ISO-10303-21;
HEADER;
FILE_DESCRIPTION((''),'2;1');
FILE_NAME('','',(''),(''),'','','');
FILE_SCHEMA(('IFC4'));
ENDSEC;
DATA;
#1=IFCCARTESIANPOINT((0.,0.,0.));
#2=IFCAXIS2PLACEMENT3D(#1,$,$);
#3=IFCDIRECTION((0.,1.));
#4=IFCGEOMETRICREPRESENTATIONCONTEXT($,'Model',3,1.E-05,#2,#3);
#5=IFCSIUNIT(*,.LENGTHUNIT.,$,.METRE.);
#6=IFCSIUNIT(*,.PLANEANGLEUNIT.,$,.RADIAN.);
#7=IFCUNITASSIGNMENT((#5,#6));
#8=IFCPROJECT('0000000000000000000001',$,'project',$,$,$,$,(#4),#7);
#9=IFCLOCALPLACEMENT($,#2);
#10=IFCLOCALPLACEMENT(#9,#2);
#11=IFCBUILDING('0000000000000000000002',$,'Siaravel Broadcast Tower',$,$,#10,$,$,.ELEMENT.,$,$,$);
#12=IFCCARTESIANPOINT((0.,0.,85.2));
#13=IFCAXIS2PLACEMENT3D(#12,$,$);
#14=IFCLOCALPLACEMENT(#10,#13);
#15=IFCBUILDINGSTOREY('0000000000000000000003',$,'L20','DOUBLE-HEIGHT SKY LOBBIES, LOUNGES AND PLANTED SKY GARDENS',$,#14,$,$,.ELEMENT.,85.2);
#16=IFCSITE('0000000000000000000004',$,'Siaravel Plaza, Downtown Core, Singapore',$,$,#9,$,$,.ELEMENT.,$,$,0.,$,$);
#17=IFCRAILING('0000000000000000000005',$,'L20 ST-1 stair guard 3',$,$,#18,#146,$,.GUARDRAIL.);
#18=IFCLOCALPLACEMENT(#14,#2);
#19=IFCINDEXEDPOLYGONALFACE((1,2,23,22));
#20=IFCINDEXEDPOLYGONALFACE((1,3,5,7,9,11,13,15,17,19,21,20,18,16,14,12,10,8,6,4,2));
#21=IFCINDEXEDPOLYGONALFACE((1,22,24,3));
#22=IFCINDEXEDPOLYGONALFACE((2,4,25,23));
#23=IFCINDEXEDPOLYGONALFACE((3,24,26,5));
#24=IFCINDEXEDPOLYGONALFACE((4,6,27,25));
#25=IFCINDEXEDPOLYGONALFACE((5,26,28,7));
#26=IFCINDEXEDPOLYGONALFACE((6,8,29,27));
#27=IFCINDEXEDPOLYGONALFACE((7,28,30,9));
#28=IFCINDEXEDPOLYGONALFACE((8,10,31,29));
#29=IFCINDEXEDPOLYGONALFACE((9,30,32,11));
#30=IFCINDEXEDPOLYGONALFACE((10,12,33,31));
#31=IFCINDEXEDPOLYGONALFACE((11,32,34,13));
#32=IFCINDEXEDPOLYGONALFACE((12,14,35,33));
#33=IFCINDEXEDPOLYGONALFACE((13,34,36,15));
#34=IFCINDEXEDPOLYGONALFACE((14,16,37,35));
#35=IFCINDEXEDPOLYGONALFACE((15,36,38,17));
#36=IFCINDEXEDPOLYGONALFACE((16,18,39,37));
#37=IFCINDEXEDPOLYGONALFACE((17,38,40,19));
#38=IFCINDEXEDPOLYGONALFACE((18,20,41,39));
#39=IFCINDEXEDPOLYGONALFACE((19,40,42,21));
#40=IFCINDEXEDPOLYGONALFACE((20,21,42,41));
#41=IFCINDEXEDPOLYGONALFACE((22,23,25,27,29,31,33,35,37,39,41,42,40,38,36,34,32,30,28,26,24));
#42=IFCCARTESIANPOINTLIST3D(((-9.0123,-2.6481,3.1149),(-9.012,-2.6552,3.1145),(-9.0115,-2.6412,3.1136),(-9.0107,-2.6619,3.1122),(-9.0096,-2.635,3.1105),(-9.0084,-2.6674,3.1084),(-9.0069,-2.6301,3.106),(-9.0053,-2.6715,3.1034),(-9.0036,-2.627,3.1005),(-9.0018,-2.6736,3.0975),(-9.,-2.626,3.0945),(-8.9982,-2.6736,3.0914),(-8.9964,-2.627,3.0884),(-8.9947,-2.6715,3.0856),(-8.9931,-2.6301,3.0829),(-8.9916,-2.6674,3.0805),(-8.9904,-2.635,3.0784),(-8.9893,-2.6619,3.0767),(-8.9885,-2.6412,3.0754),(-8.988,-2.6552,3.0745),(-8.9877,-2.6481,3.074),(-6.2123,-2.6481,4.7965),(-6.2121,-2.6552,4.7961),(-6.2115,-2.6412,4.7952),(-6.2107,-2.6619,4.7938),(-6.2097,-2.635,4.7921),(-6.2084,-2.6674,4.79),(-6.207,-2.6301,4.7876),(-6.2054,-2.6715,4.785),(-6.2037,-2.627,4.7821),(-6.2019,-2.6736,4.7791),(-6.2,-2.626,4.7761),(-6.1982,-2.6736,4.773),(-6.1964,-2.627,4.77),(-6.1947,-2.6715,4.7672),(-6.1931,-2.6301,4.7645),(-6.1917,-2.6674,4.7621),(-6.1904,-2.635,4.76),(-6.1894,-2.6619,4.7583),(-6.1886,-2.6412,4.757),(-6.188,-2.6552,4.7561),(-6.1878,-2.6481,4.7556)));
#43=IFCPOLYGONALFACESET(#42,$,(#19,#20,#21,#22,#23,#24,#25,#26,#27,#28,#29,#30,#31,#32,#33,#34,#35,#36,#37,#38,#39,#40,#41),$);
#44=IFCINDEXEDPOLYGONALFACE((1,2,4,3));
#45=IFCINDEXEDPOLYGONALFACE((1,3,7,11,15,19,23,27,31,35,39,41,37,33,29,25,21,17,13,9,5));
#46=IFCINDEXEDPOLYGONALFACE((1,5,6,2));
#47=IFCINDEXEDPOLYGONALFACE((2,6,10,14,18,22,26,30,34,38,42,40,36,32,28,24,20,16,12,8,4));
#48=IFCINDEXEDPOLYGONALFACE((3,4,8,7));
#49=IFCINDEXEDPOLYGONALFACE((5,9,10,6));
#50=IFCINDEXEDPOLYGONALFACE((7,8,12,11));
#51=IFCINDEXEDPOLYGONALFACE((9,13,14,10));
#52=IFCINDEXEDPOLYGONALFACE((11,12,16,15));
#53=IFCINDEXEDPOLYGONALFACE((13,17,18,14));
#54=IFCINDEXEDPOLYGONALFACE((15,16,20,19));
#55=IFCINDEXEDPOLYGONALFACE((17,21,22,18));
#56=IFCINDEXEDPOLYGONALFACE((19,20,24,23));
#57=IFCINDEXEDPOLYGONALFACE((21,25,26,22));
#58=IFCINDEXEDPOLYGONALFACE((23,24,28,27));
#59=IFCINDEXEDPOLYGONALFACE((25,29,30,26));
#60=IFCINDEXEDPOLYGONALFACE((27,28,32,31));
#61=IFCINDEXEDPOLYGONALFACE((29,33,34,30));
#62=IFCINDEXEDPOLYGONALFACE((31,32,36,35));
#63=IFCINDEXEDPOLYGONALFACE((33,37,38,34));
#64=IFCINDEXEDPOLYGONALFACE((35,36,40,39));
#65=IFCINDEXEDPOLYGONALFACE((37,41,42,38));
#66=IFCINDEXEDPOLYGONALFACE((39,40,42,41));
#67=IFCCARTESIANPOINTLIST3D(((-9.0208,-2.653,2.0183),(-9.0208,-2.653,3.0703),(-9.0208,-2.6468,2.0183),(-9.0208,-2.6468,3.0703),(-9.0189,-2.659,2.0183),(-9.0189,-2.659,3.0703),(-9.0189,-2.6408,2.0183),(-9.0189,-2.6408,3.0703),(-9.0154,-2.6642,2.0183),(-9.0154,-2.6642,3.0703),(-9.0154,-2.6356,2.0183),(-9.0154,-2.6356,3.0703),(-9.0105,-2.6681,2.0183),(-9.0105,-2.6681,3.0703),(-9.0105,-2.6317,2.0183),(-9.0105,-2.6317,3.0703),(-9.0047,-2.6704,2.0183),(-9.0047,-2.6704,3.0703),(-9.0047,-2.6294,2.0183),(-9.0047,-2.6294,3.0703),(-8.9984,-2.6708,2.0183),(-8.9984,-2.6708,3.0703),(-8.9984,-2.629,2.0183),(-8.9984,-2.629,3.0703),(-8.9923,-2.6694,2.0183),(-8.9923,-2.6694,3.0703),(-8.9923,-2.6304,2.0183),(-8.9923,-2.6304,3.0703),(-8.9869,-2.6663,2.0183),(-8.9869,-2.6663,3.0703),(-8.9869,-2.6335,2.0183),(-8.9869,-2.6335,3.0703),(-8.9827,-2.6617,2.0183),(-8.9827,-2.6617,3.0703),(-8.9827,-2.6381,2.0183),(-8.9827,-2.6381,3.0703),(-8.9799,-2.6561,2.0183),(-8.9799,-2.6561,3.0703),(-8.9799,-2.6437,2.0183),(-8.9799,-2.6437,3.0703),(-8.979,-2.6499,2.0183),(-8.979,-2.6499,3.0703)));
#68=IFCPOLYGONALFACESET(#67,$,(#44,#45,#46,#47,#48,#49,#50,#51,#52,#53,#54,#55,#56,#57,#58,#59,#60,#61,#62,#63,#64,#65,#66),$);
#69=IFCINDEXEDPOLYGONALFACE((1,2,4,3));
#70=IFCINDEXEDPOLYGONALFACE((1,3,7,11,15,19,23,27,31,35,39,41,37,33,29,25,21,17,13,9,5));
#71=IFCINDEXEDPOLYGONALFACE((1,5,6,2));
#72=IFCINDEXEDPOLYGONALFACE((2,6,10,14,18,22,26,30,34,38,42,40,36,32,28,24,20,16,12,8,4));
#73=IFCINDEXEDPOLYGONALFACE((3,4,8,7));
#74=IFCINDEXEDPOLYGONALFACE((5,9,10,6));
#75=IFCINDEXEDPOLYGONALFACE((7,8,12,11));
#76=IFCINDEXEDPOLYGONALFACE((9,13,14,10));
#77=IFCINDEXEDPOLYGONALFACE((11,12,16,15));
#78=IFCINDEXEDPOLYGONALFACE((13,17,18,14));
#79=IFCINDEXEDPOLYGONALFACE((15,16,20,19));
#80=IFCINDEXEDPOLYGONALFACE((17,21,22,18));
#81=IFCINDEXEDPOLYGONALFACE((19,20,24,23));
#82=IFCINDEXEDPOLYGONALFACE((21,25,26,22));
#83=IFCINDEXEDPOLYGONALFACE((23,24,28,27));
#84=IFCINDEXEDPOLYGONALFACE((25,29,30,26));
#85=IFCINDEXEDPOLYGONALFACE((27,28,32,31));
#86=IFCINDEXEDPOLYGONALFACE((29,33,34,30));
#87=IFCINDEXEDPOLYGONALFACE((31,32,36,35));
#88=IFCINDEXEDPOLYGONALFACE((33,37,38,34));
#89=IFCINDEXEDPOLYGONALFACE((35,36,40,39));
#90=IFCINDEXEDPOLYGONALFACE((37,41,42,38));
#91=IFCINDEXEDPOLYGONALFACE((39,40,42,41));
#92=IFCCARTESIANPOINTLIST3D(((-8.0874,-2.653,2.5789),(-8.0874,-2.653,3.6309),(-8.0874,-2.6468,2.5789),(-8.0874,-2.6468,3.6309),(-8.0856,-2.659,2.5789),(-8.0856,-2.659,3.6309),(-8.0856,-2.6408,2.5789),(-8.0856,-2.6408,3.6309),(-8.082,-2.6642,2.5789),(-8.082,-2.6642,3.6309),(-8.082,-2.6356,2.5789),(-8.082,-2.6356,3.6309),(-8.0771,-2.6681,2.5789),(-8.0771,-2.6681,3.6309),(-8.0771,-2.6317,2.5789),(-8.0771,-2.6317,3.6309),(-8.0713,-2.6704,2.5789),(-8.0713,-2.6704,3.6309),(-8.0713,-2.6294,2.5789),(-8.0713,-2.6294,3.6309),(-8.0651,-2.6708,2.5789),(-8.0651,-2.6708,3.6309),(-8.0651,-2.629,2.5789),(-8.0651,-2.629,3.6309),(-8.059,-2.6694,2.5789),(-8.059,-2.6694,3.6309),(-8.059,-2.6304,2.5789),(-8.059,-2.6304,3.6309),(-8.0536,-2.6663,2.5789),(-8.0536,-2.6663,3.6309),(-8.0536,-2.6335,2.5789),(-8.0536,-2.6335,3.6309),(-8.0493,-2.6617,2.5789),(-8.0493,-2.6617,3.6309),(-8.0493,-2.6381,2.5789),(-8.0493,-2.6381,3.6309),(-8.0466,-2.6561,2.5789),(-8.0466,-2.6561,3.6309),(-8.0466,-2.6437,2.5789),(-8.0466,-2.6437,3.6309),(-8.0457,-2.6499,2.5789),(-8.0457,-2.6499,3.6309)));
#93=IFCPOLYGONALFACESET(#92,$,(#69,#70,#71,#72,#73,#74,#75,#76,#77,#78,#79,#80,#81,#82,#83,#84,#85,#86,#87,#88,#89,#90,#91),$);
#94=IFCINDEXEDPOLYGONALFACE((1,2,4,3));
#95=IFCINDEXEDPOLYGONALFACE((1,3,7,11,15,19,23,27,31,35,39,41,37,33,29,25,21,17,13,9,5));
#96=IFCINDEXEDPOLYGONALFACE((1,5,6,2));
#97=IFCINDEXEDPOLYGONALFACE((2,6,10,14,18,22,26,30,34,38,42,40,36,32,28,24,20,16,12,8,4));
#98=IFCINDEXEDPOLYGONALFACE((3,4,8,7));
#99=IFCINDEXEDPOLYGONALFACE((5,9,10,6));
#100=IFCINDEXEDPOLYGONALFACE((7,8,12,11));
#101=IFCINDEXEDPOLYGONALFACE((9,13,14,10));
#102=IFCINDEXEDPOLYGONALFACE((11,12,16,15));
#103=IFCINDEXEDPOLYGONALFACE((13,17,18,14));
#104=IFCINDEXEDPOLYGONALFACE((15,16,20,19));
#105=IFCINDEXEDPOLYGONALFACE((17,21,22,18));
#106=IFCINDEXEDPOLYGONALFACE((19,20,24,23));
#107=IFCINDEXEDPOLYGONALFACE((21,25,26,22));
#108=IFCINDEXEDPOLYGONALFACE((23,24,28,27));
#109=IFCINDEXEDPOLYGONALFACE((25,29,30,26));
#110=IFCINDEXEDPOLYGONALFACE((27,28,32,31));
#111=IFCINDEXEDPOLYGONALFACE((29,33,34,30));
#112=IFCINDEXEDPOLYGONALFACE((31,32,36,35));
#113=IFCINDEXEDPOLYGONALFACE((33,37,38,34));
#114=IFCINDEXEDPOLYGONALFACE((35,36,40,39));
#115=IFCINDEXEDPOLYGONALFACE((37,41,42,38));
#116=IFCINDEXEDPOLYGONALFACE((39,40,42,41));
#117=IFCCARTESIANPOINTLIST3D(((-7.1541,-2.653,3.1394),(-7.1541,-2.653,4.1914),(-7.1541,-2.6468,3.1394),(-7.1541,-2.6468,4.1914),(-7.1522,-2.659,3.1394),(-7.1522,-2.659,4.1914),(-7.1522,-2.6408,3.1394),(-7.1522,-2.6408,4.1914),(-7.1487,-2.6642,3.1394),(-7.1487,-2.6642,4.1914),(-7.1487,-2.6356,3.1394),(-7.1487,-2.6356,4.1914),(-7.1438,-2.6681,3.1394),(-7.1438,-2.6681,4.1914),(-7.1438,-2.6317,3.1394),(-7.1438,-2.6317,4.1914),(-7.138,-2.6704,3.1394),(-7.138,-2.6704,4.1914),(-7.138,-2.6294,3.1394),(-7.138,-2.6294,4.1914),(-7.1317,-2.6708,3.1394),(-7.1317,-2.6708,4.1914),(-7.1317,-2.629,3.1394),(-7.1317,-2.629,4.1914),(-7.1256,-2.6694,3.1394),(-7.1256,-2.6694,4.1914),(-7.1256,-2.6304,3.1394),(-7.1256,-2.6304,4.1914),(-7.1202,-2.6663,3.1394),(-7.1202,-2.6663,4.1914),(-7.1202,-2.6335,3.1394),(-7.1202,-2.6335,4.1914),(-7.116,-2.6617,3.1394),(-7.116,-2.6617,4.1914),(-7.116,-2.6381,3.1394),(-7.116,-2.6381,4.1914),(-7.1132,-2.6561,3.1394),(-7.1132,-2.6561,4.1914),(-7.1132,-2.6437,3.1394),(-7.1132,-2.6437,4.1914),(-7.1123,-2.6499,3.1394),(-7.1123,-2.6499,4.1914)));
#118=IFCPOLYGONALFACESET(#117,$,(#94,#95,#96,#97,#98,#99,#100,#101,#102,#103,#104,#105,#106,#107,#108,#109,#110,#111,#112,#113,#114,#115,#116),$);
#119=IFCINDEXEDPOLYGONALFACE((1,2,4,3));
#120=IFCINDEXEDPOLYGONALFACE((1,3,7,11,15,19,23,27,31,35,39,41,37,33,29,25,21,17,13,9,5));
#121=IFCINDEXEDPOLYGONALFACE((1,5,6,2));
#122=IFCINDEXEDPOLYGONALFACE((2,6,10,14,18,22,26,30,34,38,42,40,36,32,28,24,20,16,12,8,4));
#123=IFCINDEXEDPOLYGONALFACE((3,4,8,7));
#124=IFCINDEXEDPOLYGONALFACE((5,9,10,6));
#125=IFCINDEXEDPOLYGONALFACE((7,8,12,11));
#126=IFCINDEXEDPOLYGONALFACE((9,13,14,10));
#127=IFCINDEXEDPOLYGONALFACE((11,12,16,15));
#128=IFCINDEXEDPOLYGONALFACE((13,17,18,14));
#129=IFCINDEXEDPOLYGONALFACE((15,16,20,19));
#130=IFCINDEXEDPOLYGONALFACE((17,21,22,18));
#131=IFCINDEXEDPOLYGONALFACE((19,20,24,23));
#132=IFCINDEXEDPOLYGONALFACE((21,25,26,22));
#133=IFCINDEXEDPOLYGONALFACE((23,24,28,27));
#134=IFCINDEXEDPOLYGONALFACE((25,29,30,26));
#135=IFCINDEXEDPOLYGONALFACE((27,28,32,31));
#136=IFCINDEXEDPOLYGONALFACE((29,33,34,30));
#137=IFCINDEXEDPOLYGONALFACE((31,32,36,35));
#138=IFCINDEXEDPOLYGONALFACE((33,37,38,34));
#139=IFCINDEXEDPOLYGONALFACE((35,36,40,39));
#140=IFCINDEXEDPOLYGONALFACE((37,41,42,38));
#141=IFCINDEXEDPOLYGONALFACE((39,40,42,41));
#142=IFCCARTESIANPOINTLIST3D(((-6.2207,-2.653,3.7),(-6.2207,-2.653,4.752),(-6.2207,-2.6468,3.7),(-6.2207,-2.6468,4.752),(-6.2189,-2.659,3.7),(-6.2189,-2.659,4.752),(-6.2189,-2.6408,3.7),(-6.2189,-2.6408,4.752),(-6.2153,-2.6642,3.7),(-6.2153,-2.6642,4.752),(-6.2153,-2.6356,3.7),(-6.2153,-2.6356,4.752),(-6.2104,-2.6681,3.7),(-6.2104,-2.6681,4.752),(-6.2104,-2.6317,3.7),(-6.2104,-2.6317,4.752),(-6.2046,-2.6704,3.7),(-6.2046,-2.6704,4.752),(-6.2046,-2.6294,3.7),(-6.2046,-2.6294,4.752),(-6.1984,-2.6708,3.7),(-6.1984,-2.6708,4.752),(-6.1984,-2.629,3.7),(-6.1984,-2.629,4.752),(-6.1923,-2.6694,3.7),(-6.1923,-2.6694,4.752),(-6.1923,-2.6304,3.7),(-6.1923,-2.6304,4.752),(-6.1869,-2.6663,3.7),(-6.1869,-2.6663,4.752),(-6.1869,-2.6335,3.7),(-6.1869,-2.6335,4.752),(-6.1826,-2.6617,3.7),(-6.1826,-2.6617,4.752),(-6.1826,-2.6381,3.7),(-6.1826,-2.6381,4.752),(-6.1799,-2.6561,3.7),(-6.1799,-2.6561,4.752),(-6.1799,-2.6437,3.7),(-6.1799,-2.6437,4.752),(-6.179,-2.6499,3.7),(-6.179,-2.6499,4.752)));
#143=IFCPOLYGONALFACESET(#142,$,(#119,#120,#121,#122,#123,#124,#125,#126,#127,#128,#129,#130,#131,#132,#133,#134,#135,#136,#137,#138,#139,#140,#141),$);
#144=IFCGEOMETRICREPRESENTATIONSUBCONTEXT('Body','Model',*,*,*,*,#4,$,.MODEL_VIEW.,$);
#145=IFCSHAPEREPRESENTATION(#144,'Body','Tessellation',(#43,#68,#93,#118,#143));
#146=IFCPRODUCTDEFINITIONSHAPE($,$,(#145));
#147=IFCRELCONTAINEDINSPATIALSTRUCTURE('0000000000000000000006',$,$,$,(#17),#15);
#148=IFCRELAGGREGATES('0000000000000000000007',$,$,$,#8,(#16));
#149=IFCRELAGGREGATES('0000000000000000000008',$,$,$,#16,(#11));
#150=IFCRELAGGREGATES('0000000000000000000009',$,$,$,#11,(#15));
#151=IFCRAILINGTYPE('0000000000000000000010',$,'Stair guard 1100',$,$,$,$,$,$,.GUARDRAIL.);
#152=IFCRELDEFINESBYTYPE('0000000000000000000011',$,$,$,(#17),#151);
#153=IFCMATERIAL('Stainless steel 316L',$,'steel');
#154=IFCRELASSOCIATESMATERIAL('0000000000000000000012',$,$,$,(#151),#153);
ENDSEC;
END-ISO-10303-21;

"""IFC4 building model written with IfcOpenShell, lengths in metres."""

from ifc_helpers import new_model, si_unit, direction, frame, origin, origin_2d, place, context, subcontext, project, spatial, circle, extrude, material, type_object, element, save


model = new_model("IFC4")

# Units and contexts
model_context = context("Model", 3, precision=1e-05, world=origin(), true_north=direction((0.0, 1.0)))
body_context = subcontext(model_context, "Body", "Model", "MODEL_VIEW")
ifc_project = project(units=[si_unit("LENGTHUNIT", "METRE"), si_unit("PLANEANGLEUNIT", "RADIAN")], contexts=[model_context])

# Site, building, storey
site_placement = place(None, origin())
site = spatial("IfcSite", under=ifc_project, at=site_placement, Name="Siaravel Plaza, Downtown Core, Singapore", CompositionType="ELEMENT", RefElevation=0.0)
building_placement = place(site_placement, origin())
building = spatial("IfcBuilding", under=site, at=building_placement, Name="Siaravel Broadcast Tower", CompositionType="ELEMENT")
storey_placement = place(building_placement, frame((0.0, 0.0, 85.2)))
storey = spatial("IfcBuildingStorey", under=building, at=storey_placement, Name="L20", Description="DOUBLE-HEIGHT SKY LOBBIES, LOUNGES AND PLANTED SKY GARDENS", CompositionType="ELEMENT", Elevation=85.2)

# Railing
ifc_material_1 = material(Name="Stainless steel 316L", Category="steel")
railing_type_1 = type_object("IfcRailingType", Name="Stair guard 1100", PredefinedType="GUARDRAIL", material=ifc_material_1)
railing_1_placement = place(storey_placement, frame((-9.0, -2.6499, 2.0183)))
element("IfcRailing", 1, at=railing_1_placement, inside=storey, type_object=railing_type_1, Name="L20 ST-1 stair guard 3", PredefinedType="GUARDRAIL", context=body_context, shape_type="SweptSolid", body=[
    extrude(circle(Radius=0.0239, at=origin_2d()), frame((0.0, 0.0, 1.0762), z_axis=(0.857275, 0.0, 0.514858), x_axis=(0.0, 1.0, 0.0)), (0.0, 0.0, 1.0), 3.2661),
    extrude(circle(Radius=0.021, at=origin_2d()), origin(), (0.0, 0.0, 1.0), 1.052),
    extrude(circle(Radius=0.021, at=origin_2d()), frame((0.9333, 0.0, 0.5605)), (0.0, 0.0, 1.0), 1.052),
    extrude(circle(Radius=0.021, at=origin_2d()), frame((1.8667, 0.0, 1.1211)), (0.0, 0.0, 1.0), 1.052),
    extrude(circle(Radius=0.021, at=origin_2d()), frame((2.8, 0.0, 1.6816)), (0.0, 0.0, 1.0), 1.052),
])

save(model, "model.ifc")
